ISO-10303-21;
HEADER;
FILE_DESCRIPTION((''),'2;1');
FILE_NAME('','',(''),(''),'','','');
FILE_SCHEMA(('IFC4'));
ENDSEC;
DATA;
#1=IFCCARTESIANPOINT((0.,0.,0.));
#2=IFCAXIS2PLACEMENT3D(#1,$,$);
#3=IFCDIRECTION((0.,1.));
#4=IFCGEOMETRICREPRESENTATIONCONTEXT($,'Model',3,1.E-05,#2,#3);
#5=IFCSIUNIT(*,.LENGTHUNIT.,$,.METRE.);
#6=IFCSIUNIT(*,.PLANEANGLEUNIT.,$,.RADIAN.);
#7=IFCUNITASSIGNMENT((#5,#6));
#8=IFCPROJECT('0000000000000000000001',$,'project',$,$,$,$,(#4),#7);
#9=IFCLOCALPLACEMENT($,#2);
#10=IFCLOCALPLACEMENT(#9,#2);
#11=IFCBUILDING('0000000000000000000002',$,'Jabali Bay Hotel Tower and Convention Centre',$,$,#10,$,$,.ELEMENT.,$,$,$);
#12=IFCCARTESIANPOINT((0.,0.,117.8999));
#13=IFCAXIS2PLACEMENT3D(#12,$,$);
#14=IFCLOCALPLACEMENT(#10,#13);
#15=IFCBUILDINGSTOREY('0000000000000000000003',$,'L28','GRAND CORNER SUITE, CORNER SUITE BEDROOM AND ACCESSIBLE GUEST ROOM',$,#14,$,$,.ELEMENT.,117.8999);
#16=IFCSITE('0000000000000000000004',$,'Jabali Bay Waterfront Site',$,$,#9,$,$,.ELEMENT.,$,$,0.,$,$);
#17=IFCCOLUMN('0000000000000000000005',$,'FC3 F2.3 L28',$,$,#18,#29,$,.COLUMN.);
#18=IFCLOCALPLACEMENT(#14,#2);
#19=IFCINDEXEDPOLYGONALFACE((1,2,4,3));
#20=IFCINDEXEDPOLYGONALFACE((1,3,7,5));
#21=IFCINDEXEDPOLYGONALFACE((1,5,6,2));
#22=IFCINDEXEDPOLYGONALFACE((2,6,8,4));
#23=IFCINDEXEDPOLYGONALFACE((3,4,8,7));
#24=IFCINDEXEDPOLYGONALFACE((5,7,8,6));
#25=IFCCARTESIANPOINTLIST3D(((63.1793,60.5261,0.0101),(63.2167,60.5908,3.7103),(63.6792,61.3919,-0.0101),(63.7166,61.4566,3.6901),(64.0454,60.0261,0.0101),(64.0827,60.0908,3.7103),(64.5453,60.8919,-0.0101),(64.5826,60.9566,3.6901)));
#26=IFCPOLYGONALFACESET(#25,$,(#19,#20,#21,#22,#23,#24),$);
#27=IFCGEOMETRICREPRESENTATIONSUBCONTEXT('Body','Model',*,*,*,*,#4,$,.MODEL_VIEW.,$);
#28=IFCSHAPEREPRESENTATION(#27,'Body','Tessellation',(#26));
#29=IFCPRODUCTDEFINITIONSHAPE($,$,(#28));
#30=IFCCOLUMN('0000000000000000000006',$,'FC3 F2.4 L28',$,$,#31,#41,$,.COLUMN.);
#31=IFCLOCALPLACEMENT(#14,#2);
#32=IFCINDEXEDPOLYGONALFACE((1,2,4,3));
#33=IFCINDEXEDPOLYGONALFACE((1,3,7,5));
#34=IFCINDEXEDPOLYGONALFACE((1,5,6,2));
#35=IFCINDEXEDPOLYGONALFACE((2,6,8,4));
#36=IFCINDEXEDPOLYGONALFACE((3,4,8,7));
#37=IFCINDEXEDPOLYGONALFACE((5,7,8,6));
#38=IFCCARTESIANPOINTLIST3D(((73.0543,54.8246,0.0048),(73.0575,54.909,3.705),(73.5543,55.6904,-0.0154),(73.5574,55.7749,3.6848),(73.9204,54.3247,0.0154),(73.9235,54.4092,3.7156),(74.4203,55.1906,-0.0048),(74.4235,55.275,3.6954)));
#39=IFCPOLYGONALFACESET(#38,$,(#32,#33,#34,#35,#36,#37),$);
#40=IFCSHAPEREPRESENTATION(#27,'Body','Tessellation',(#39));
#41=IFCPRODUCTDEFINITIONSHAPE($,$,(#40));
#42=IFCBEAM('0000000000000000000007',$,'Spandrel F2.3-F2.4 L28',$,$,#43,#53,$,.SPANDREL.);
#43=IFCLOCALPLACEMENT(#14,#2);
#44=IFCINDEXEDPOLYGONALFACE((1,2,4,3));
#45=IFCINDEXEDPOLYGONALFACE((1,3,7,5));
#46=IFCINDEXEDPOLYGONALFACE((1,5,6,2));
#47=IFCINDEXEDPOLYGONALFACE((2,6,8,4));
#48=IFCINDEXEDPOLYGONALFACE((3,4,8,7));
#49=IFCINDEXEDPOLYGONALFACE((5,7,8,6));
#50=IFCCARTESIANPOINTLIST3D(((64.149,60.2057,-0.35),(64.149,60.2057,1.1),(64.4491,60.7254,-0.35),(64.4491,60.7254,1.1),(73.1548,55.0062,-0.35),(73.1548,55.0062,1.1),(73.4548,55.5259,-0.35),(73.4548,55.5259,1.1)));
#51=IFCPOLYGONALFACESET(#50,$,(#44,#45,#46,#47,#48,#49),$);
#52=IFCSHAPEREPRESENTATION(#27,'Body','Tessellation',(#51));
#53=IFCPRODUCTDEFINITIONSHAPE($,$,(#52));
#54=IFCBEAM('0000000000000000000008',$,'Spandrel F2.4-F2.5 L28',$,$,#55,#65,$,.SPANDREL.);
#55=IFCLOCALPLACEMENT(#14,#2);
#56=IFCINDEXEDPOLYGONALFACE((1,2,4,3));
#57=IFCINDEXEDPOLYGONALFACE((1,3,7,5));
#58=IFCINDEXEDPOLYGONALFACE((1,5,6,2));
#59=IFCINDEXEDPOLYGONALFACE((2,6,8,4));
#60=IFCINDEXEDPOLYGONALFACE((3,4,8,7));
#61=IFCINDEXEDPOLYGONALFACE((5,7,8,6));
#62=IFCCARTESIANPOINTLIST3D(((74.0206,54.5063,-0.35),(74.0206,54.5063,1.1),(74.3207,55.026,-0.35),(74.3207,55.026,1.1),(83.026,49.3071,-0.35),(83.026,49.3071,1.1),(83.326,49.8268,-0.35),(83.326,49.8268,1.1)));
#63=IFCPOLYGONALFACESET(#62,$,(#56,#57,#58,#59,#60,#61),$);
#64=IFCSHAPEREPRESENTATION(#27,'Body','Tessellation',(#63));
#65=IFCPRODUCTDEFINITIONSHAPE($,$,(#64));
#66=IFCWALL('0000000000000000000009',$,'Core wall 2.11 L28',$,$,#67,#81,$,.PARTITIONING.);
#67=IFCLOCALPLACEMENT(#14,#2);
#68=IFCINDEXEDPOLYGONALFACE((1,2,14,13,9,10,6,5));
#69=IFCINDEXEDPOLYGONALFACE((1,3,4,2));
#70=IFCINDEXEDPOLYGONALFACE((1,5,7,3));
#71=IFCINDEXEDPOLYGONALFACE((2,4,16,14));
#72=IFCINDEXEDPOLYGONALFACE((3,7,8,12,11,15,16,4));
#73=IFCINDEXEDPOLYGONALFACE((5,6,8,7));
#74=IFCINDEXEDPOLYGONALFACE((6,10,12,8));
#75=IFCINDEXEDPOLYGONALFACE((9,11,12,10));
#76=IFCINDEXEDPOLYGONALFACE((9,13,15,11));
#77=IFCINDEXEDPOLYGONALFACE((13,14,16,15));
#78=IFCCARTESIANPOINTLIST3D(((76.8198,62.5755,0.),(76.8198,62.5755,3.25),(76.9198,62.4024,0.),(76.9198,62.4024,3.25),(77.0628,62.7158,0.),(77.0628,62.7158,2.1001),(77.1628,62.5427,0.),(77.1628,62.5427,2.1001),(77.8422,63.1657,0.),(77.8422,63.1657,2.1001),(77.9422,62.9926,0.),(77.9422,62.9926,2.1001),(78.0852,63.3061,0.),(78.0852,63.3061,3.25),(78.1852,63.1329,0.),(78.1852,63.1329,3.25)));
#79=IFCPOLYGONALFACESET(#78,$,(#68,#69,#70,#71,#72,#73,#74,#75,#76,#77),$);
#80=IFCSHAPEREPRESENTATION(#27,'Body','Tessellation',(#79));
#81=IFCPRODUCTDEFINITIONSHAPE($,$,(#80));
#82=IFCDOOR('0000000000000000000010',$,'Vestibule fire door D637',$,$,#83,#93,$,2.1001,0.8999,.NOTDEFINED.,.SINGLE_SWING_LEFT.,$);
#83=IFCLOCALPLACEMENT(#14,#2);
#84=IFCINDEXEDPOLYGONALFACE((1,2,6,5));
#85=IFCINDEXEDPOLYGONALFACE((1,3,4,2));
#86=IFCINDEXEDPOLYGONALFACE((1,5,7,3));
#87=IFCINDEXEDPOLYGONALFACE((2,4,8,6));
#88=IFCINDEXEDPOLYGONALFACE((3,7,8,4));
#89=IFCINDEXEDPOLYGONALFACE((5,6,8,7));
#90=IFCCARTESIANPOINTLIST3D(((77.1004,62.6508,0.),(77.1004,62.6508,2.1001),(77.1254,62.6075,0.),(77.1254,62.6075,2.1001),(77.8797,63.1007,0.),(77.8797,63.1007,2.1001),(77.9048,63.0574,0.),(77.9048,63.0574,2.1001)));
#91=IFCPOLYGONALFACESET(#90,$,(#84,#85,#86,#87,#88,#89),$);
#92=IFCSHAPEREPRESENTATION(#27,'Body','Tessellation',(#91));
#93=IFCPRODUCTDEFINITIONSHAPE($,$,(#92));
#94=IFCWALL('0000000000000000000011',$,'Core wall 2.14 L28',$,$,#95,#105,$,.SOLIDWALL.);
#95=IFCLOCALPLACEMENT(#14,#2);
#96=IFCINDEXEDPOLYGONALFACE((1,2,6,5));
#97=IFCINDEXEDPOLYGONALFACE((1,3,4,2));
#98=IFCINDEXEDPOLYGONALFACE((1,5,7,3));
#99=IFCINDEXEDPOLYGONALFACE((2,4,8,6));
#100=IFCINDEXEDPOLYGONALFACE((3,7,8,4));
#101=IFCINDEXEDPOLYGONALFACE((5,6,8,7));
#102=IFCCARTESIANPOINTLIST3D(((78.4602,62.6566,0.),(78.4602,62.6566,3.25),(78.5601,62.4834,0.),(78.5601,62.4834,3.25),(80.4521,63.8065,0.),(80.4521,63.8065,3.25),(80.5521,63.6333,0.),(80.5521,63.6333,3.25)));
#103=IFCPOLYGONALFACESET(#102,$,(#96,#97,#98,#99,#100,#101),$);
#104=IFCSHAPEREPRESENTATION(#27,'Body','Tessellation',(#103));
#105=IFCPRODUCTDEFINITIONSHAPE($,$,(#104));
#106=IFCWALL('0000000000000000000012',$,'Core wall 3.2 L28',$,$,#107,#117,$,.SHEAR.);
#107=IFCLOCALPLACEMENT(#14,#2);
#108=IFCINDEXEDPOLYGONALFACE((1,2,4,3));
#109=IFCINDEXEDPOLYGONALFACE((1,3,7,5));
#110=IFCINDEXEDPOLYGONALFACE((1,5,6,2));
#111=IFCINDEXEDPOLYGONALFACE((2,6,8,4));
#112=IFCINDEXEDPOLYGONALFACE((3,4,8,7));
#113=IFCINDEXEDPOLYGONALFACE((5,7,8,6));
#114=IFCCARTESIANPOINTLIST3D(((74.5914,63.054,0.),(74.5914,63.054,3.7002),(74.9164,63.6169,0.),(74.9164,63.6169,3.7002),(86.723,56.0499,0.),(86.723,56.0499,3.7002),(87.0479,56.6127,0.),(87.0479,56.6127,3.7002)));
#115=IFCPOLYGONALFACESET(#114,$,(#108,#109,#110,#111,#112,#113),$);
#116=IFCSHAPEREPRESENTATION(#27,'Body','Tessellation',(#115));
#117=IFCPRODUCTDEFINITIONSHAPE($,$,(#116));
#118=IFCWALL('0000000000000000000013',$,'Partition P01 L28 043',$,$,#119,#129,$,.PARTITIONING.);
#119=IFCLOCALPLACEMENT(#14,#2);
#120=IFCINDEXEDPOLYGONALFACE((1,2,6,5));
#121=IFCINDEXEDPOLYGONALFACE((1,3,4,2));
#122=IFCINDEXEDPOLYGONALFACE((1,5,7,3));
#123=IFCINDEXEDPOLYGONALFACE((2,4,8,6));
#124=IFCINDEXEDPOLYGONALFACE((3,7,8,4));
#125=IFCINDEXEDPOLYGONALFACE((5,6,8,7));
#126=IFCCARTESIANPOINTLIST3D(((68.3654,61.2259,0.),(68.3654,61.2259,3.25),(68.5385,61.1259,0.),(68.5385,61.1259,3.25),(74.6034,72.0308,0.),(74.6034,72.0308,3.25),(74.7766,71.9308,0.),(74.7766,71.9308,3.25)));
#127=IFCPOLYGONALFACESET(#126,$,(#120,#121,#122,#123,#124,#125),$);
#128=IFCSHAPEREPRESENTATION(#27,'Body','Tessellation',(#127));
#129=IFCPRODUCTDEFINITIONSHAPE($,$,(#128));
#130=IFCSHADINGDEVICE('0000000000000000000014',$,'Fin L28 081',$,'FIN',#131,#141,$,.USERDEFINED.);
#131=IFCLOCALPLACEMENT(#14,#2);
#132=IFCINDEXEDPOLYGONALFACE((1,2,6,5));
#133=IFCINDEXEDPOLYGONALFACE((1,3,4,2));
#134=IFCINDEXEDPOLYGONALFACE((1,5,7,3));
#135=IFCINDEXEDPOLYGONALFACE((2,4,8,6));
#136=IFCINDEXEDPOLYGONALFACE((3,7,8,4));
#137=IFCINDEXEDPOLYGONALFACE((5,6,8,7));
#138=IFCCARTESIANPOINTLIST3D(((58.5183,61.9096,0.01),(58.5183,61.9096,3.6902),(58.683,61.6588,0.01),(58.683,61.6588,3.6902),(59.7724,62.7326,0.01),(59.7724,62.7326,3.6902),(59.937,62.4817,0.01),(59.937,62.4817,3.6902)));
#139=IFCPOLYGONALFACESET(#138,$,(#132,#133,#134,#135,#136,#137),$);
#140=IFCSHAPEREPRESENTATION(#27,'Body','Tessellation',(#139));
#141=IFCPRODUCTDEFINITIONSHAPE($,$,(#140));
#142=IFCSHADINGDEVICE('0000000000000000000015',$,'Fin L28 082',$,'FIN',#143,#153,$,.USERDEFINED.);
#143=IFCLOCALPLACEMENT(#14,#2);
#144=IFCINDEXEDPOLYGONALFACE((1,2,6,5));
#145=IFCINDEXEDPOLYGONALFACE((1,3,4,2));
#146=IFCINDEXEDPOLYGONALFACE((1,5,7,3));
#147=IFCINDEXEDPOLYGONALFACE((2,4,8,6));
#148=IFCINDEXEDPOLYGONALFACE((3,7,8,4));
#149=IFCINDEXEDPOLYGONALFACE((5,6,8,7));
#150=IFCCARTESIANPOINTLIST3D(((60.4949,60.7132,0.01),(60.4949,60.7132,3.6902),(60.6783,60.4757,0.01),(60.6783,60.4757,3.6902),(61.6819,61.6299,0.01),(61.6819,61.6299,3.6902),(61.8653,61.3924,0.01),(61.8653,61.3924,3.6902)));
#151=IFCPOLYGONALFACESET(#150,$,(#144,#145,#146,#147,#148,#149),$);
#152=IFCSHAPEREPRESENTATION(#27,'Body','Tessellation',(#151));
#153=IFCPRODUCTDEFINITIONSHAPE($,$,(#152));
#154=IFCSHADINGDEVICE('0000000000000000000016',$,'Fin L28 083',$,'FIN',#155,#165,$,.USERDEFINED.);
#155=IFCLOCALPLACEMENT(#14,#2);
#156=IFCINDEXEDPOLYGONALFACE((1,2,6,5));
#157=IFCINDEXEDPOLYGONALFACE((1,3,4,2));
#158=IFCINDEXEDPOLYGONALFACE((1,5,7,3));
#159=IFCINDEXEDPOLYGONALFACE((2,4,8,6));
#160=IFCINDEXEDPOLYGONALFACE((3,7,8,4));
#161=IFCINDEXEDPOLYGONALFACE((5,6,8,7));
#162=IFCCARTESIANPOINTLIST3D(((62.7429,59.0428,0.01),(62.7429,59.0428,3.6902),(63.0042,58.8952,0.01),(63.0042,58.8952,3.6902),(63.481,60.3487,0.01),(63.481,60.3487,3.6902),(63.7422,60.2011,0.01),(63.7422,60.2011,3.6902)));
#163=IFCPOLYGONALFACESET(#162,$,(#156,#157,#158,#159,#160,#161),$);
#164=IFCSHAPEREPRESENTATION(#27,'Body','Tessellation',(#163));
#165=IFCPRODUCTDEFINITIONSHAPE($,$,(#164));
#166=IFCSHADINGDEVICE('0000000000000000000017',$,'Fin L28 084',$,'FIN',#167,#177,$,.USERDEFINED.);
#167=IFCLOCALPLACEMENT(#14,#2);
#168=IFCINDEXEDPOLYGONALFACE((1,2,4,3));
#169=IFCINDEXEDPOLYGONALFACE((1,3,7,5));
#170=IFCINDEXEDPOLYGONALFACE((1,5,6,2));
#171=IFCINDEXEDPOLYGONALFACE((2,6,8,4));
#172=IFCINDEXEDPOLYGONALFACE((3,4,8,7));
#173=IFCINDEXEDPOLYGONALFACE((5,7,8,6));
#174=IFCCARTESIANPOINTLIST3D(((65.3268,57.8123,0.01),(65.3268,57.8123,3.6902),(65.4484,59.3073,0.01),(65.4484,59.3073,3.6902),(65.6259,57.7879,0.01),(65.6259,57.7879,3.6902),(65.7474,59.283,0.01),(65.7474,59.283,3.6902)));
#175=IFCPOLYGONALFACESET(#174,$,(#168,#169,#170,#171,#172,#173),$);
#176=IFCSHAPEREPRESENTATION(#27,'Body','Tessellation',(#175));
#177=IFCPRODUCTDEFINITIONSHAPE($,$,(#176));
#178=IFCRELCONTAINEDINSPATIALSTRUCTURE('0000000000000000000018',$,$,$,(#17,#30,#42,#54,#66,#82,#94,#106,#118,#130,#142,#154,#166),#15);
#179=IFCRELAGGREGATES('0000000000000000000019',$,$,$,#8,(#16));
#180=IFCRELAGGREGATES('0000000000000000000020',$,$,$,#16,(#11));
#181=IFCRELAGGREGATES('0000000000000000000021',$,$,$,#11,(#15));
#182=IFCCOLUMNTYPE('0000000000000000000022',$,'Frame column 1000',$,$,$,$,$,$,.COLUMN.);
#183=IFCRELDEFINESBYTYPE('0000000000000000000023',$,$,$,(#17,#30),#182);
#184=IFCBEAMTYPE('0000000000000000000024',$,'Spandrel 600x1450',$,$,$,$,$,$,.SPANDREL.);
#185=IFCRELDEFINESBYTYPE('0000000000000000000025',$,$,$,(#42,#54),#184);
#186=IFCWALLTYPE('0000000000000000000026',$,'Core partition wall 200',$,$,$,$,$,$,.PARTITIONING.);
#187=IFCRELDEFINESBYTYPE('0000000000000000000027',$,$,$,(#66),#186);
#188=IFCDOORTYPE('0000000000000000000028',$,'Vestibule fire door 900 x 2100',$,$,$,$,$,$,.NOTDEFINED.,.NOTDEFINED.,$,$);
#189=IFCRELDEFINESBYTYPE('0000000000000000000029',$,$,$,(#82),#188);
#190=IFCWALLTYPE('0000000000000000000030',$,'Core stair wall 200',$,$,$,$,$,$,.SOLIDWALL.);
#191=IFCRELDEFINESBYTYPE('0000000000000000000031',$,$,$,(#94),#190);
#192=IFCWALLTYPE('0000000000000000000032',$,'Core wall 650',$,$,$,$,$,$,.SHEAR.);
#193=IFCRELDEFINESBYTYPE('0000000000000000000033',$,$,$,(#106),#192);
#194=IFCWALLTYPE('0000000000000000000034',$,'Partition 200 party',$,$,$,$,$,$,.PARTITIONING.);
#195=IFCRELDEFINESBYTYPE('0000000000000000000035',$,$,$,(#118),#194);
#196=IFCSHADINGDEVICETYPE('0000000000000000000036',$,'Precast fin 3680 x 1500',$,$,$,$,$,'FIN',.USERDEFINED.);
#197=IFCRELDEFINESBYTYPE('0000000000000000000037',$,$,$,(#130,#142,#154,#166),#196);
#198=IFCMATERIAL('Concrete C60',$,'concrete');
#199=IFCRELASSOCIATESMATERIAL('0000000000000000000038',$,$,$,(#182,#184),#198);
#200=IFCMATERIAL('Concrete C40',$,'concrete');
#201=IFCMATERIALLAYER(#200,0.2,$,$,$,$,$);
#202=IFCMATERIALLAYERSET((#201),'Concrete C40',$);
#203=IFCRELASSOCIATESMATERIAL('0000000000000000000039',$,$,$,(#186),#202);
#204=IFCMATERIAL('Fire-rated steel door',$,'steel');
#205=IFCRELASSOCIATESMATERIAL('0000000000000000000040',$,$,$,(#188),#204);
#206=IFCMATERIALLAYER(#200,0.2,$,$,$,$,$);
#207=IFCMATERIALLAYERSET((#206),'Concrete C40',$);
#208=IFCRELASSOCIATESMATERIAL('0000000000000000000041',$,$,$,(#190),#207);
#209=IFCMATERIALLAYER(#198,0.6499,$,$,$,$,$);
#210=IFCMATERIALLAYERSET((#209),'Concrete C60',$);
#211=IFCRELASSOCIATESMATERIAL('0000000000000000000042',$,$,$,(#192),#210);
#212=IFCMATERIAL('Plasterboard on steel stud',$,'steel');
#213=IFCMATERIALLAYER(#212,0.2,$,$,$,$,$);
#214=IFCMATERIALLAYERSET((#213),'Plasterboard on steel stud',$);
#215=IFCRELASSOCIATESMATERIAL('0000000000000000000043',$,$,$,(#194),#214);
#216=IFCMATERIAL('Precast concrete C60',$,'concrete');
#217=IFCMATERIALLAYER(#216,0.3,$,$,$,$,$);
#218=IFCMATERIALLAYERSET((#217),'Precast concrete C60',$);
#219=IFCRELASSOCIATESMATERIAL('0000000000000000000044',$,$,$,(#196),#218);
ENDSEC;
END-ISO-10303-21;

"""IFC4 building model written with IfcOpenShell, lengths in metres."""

from ifc_helpers import new_model, si_unit, direction, frame, frame_2d, origin, origin_2d, place, context, subcontext, project, spatial, rectangle, extrude, material, layer, layer_set, material_profile, profile_set, type_object, element, fill, save


model = new_model("IFC4")

# Units and contexts
model_context = context("Model", 3, precision=1e-05, world=origin(), true_north=direction((0.0, 1.0)))
body_context = subcontext(model_context, "Body", "Model", "MODEL_VIEW")
ifc_project = project(units=[si_unit("LENGTHUNIT", "METRE"), si_unit("PLANEANGLEUNIT", "RADIAN")], contexts=[model_context])

# Site, building, storey
site_placement = place(None, origin())
site = spatial("IfcSite", under=ifc_project, at=site_placement, Name="Jabali Bay Waterfront Site", CompositionType="ELEMENT", RefElevation=0.0)
building_placement = place(site_placement, origin())
building = spatial("IfcBuilding", under=site, at=building_placement, Name="Jabali Bay Hotel Tower and Convention Centre", CompositionType="ELEMENT")
storey_placement = place(building_placement, frame((0.0, 0.0, 117.8999)))
storey = spatial("IfcBuildingStorey", under=building, at=storey_placement, Name="L28", Description="GRAND CORNER SUITE, CORNER SUITE BEDROOM AND ACCESSIBLE GUEST ROOM", CompositionType="ELEMENT", Elevation=117.8999)

# Columns
ifc_material_1 = material(Name="Concrete C60", Category="concrete")
ifc_material_profile_1 = material_profile(ifc_material_1, rectangle(XDim=1.0, YDim=1.0, at=origin_2d()), Name="Frame column 1000")
ifc_profile_set_1 = profile_set([ifc_material_profile_1], Name="Concrete C60")
column_type = type_object("IfcColumnType", Name="Frame column 1000", PredefinedType="COLUMN", material=ifc_profile_set_1)
column_1_placement = place(storey_placement, frame((63.8623, 60.709, 0.0), z_axis=(0.010093, 0.017481, 0.999796), x_axis=(-0.866026, 0.499999, 0.0)))
element("IfcColumn", 1, at=column_1_placement, inside=storey, type_object=column_type, Name="FC3 F2.3 L28", PredefinedType="COLUMN", context=body_context, shape_type="SweptSolid", body=[
    extrude(rectangle(XDim=1.0, YDim=1.0, at=origin_2d()), origin(), (0.0, 0.0, 1.0), 3.7009),
])
column_2_placement = place(storey_placement, frame((73.7373, 55.0076, 0.0), z_axis=(0.000858, 0.022823, 0.999739), x_axis=(-0.499949, -0.865819, 0.020195)))
element("IfcColumn", 2, at=column_2_placement, inside=storey, type_object=column_type, Name="FC3 F2.4 L28", PredefinedType="COLUMN", context=body_context, shape_type="SweptSolid", body=[
    extrude(rectangle(XDim=1.0, YDim=1.0, at=origin_2d()), origin(), (0.0, 0.0, 1.0), 3.7012),
])

# Beams
ifc_material_profile_2 = material_profile(ifc_material_1, rectangle(XDim=0.6001, YDim=1.45, at=origin_2d()), Name="Spandrel 600x1450")
ifc_profile_set_2 = profile_set([ifc_material_profile_2], Name="Concrete C60")
beam_type = type_object("IfcBeamType", Name="Spandrel 600x1450", PredefinedType="SPANDREL", material=ifc_profile_set_2)
beam_1_placement = place(storey_placement, frame((64.2991, 60.4656, 0.375), z_axis=(0.866023, -0.500005, 0.0), x_axis=(0.500005, 0.866023, 0.0)))
element("IfcBeam", 3, at=beam_1_placement, inside=storey, type_object=beam_type, Name="Spandrel F2.3-F2.4 L28", PredefinedType="SPANDREL", context=body_context, shape_type="SweptSolid", body=[
    extrude(rectangle(XDim=0.6001, YDim=1.45, at=origin_2d()), origin(), (0.0, 0.0, 1.0), 10.3989),
])
beam_2_placement = place(storey_placement, frame((74.1707, 54.7661, 0.375), z_axis=(0.866027, -0.499997, 0.0), x_axis=(0.499997, 0.866027, 0.0)))
element("IfcBeam", 4, at=beam_2_placement, inside=storey, type_object=beam_type, Name="Spandrel F2.4-F2.5 L28", PredefinedType="SPANDREL", context=body_context, shape_type="SweptSolid", body=[
    extrude(rectangle(XDim=0.6001, YDim=1.45, at=origin_2d()), origin(), (0.0, 0.0, 1.0), 10.3984),
])

# Wall, opening, door
ifc_material_2 = material(Name="Concrete C40", Category="concrete")
ifc_layer_1 = layer(ifc_material_2, 0.2)
ifc_layer_set_1 = layer_set([ifc_layer_1], Name="Concrete C40")
wall_type_1 = type_object("IfcWallType", Name="Core partition wall 200", PredefinedType="PARTITIONING", material=ifc_layer_set_1)
wall_1_placement = place(storey_placement, frame((76.8699, 62.489, 0.0), z_axis=(0.0, 0.0, 1.0), x_axis=(0.866055, 0.499949, 0.0)))
wall_1 = element("IfcWall", 5, at=wall_1_placement, inside=storey, type_object=wall_type_1, Name="Core wall 2.11 L28", PredefinedType="PARTITIONING", context=body_context, shape_type="SweptSolid", body=[
    extrude(rectangle(XDim=1.4612, YDim=0.2, at=frame_2d((0.7305, 0.0))), origin(), (0.0, 0.0, 1.0), 3.25),
])
opening_placement = place(wall_1_placement, frame((0.2805, 0.0, 0.0)))
opening = element("IfcOpeningElement", 6, at=opening_placement, cuts=wall_1, PredefinedType="OPENING", context=body_context, shape_type="SweptSolid", body=[
    extrude(rectangle(XDim=0.8999, YDim=2.1001, at=frame_2d((0.45, 1.05))), frame((0.0, 0.1104, 0.0), z_axis=(0.0, -1.0, 0.0), x_axis=(1.0, 0.0, 0.0)), (0.0, 0.0, 1.0), 0.2209),
])
ifc_material_3 = material(Name="Fire-rated steel door", Category="steel")
door_type = type_object("IfcDoorType", Name="Vestibule fire door 900 x 2100", OperationType="NOTDEFINED", PredefinedType="NOTDEFINED", material=ifc_material_3)
door_placement = place(opening_placement, origin())
door = element("IfcDoor", 7, at=door_placement, inside=storey, type_object=door_type, Name="Vestibule fire door D637", OperationType="SINGLE_SWING_LEFT", OverallHeight=2.1001, OverallWidth=0.8999, PredefinedType="NOTDEFINED", context=body_context, shape_type="SweptSolid", body=[
    extrude(rectangle(XDim=0.8999, YDim=2.1001, at=frame_2d((0.45, 1.05))), frame((0.0, 0.0249, 0.0), z_axis=(0.0, -1.0, 0.0), x_axis=(1.0, 0.0, 0.0)), (0.0, 0.0, 1.0), 0.05),
])
fill(opening, door)

# Walls
ifc_layer_2 = layer(ifc_material_2, 0.2)
ifc_layer_set_2 = layer_set([ifc_layer_2], Name="Concrete C40")
wall_type_2 = type_object("IfcWallType", Name="Core stair wall 200", PredefinedType="SOLIDWALL", material=ifc_layer_set_2)
wall_2_placement = place(storey_placement, frame((78.5103, 62.5701, 0.0), z_axis=(0.0, 0.0, 1.0), x_axis=(0.866053, 0.499952, 0.0)))
element("IfcWall", 8, at=wall_2_placement, inside=storey, type_object=wall_type_2, Name="Core wall 2.14 L28", PredefinedType="SOLIDWALL", context=body_context, shape_type="SweptSolid", body=[
    extrude(rectangle(XDim=2.3, YDim=0.2, at=frame_2d((1.1499, 0.0))), origin(), (0.0, 0.0, 1.0), 3.25),
])
ifc_layer_3 = layer(ifc_material_1, 0.6499)
ifc_layer_set_3 = layer_set([ifc_layer_3], Name="Concrete C60")
wall_type_3 = type_object("IfcWallType", Name="Core wall 650", PredefinedType="SHEAR", material=ifc_layer_set_3)
wall_3_placement = place(storey_placement, frame((74.7539, 63.3354, 0.0), z_axis=(0.0, 0.0, 1.0), x_axis=(0.866026, -0.499999, 0.0)))
element("IfcWall", 9, at=wall_3_placement, inside=storey, type_object=wall_type_3, Name="Core wall 3.2 L28", PredefinedType="SHEAR", context=body_context, shape_type="SweptSolid", body=[
    extrude(rectangle(XDim=14.0083, YDim=0.6499, at=frame_2d((7.0042, 0.0))), origin(), (0.0, 0.0, 1.0), 3.7002),
])
ifc_material_4 = material(Name="Plasterboard on steel stud", Category="steel")
ifc_layer_4 = layer(ifc_material_4, 0.2)
ifc_layer_set_4 = layer_set([ifc_layer_4], Name="Plasterboard on steel stud")
wall_type_4 = type_object("IfcWallType", Name="Partition 200 party", PredefinedType="PARTITIONING", material=ifc_layer_set_4)
wall_4_placement = place(storey_placement, frame((68.4519, 61.1758, 0.0), z_axis=(0.0, 0.0, 1.0), x_axis=(0.499988, 0.866032, 0.0)))
element("IfcWall", 10, at=wall_4_placement, inside=storey, type_object=wall_type_4, Name="Partition P01 L28 043", PredefinedType="PARTITIONING", context=body_context, shape_type="SweptSolid", body=[
    extrude(rectangle(XDim=12.4763, YDim=0.2, at=frame_2d((6.2383, 0.0))), origin(), (0.0, 0.0, 1.0), 3.25),
])

# Shading devices
ifc_material_5 = material(Name="Precast concrete C60", Category="concrete")
ifc_layer_5 = layer(ifc_material_5, 0.3)
ifc_layer_set_5 = layer_set([ifc_layer_5], Name="Precast concrete C60")
shading_device_type = type_object("IfcShadingDeviceType", Name="Precast fin 3680 x 1500", ElementType="FIN", PredefinedType="USERDEFINED", material=ifc_layer_set_5)
shading_device_1_placement = place(storey_placement, frame((59.8547, 62.6072, 0.01), z_axis=(0.0, 0.0, 1.0), x_axis=(-0.83606, -0.548639, 0.0)))
element("IfcShadingDevice", 11, at=shading_device_1_placement, inside=storey, type_object=shading_device_type, Name="Fin L28 081", ObjectType="FIN", PredefinedType="USERDEFINED", context=body_context, shape_type="SweptSolid", body=[
    extrude(rectangle(XDim=1.5, YDim=0.3, at=frame_2d((0.75, 0.0))), origin(), (0.0, 0.0, 1.0), 3.6802),
])
shading_device_2_placement = place(storey_placement, frame((61.7737, 61.5112, 0.01), z_axis=(0.0, 0.0, 1.0), x_axis=(-0.791442, -0.611244, 0.0)))
element("IfcShadingDevice", 12, at=shading_device_2_placement, inside=storey, type_object=shading_device_type, Name="Fin L28 082", ObjectType="FIN", PredefinedType="USERDEFINED", context=body_context, shape_type="SweptSolid", body=[
    extrude(rectangle(XDim=1.4998, YDim=0.3, at=frame_2d((0.75, 0.0))), origin(), (0.0, 0.0, 1.0), 3.6802),
])
for number, where, z_axis, x_axis, name in (
    (13, (63.6116, 60.2749, 0.01), (0.0, 0.0, 1.0), (-0.492014, -0.870587, 0.0), "Fin L28 083"),
    (14, (65.5979, 59.2952, 0.01), (0.0, 0.0, 1.0), (-0.081052, -0.99671, 0.0), "Fin L28 084"),
):
    element("IfcShadingDevice", number, at=place(storey_placement, frame(where, z_axis=z_axis, x_axis=x_axis)), inside=storey, type_object=shading_device_type, Name=name, ObjectType="FIN", PredefinedType="USERDEFINED", context=body_context, shape_type="SweptSolid", body=[
        extrude(rectangle(XDim=1.5, YDim=0.3, at=frame_2d((0.75, 0.0))), origin(), (0.0, 0.0, 1.0), 3.6802),
    ])

save(model, "model.ifc")
